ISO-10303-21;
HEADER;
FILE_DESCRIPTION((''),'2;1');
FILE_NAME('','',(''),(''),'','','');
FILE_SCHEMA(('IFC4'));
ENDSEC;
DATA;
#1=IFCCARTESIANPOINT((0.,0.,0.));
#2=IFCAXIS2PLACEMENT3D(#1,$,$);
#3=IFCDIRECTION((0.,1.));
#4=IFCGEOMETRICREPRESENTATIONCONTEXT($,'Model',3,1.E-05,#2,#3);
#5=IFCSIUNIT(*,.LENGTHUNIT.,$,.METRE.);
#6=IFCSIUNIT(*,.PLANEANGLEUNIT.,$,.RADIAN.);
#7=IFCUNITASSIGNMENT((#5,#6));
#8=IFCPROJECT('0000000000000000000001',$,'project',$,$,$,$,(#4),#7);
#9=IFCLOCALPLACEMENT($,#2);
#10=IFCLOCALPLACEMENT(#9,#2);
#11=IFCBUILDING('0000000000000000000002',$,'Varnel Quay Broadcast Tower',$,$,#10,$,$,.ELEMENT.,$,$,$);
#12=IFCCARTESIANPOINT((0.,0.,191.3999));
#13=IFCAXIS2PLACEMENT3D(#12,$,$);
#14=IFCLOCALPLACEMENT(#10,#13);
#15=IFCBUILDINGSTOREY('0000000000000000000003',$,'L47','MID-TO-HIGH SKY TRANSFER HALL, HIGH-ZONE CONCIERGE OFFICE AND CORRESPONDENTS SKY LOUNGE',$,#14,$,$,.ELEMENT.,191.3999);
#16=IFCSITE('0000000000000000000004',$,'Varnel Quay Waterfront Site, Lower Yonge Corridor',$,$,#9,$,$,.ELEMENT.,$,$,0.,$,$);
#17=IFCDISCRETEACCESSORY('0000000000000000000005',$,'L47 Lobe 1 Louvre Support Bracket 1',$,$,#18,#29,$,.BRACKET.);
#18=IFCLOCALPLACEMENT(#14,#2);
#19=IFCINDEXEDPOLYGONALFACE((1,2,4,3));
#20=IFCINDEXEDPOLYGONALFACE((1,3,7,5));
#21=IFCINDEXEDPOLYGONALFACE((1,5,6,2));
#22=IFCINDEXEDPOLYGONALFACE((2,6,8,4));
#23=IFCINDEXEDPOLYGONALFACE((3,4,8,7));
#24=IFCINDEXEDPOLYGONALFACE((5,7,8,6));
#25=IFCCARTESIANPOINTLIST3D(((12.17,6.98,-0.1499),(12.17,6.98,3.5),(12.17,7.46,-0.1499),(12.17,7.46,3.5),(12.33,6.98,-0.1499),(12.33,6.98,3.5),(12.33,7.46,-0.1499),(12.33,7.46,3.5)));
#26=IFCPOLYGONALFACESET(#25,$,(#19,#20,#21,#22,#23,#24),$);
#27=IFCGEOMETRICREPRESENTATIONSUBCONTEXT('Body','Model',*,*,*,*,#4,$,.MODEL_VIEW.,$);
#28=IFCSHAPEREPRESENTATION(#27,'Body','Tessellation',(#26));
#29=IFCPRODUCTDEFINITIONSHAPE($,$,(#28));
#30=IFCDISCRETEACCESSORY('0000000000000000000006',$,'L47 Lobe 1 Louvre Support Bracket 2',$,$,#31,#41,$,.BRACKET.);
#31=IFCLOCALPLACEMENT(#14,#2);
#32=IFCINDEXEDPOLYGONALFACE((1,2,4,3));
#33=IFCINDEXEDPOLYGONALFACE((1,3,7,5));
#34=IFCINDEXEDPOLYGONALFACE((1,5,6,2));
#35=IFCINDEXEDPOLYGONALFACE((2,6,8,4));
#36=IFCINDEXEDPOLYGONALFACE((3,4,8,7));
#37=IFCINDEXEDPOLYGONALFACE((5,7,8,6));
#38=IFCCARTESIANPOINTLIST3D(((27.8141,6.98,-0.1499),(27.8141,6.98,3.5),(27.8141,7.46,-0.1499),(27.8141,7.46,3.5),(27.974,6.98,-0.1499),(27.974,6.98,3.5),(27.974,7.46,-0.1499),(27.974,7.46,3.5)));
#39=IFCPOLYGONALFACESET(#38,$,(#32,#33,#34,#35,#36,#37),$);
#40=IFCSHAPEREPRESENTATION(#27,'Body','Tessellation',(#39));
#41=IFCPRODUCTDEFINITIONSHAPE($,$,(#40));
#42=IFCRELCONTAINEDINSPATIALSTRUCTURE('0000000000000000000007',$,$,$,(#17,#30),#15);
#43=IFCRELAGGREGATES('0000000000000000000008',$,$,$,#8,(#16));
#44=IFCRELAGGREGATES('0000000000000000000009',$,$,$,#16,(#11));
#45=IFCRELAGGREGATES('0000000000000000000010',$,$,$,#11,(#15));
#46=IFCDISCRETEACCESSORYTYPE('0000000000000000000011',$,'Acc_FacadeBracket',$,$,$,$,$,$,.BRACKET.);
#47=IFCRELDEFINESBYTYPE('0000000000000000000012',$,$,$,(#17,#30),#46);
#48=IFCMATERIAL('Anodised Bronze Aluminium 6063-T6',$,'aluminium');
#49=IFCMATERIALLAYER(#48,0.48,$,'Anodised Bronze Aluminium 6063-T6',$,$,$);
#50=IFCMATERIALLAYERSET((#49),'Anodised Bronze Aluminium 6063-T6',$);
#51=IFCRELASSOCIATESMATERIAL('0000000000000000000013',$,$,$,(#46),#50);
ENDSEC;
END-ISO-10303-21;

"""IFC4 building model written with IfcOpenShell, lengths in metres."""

from ifc_helpers import new_model, si_unit, direction, frame, origin, origin_2d, place, context, subcontext, project, spatial, rectangle, extrude, source, transform, mapped, material, layer, layer_set, type_object, type_shapes, element, save


model = new_model("IFC4")

# Units and contexts
model_context = context("Model", 3, precision=1e-05, world=origin(), true_north=direction((0.0, 1.0)))
body_context = subcontext(model_context, "Body", "Model", "MODEL_VIEW")
ifc_project = project(units=[si_unit("LENGTHUNIT", "METRE"), si_unit("PLANEANGLEUNIT", "RADIAN")], contexts=[model_context])

# Site, building, storey
site_placement = place(None, origin())
site = spatial("IfcSite", under=ifc_project, at=site_placement, Name="Varnel Quay Waterfront Site, Lower Yonge Corridor", CompositionType="ELEMENT", RefElevation=0.0)
building_placement = place(site_placement, origin())
building = spatial("IfcBuilding", under=site, at=building_placement, Name="Varnel Quay Broadcast Tower", CompositionType="ELEMENT")
storey_placement = place(building_placement, frame((0.0, 0.0, 191.3999)))
storey = spatial("IfcBuildingStorey", under=building, at=storey_placement, Name="L47", Description="MID-TO-HIGH SKY TRANSFER HALL, HIGH-ZONE CONCIERGE OFFICE AND CORRESPONDENTS SKY LOUNGE", CompositionType="ELEMENT", Elevation=191.3999)

# Shared definitions
ifc_material_1 = material(Name="Anodised Bronze Aluminium 6063-T6", Category="aluminium")

# Discrete accessories
ifc_layer_1 = layer(ifc_material_1, 0.48, Name="Anodised Bronze Aluminium 6063-T6")
ifc_layer_set_1 = layer_set([ifc_layer_1], Name="Anodised Bronze Aluminium 6063-T6")
discrete_accessory_type = type_object("IfcDiscreteAccessoryType", Name="Acc_FacadeBracket", PredefinedType="BRACKET", material=ifc_layer_set_1)
shared_shape_1 = source(origin(), body_context, "Body", "SweptSolid", [
    extrude(rectangle(XDim=0.1599, YDim=0.48, at=origin_2d()), origin(), (0.0, 0.0, 1.0), 3.6499),
])
type_shapes(discrete_accessory_type, [shared_shape_1])
for number, where, z_axis, x_axis, name in (
    (1, (12.25, 7.22, -0.1499), (0.0, 0.0, 1.0), (1.0, 0.0, 0.0), "L47 Lobe 1 Louvre Support Bracket 1"),
    (2, (27.894, 7.22, -0.1499), (0.0, 0.0, 1.0), (1.0, 0.0, 0.0), "L47 Lobe 1 Louvre Support Bracket 2"),
):
    element("IfcDiscreteAccessory", number, at=place(storey_placement, frame(where, z_axis=z_axis, x_axis=x_axis)), inside=storey, type_object=discrete_accessory_type, Name=name, PredefinedType="BRACKET", context=body_context, shape_type="MappedRepresentation", body=[
        mapped(shared_shape_1, transform((0.0, 0.0, 0.0), x_axis=(1.0, 0.0, 0.0), y_axis=(0.0, 1.0, 0.0), z_axis=(0.0, 0.0, 1.0), scale=1.0)),
    ])

save(model, "model.ifc")
